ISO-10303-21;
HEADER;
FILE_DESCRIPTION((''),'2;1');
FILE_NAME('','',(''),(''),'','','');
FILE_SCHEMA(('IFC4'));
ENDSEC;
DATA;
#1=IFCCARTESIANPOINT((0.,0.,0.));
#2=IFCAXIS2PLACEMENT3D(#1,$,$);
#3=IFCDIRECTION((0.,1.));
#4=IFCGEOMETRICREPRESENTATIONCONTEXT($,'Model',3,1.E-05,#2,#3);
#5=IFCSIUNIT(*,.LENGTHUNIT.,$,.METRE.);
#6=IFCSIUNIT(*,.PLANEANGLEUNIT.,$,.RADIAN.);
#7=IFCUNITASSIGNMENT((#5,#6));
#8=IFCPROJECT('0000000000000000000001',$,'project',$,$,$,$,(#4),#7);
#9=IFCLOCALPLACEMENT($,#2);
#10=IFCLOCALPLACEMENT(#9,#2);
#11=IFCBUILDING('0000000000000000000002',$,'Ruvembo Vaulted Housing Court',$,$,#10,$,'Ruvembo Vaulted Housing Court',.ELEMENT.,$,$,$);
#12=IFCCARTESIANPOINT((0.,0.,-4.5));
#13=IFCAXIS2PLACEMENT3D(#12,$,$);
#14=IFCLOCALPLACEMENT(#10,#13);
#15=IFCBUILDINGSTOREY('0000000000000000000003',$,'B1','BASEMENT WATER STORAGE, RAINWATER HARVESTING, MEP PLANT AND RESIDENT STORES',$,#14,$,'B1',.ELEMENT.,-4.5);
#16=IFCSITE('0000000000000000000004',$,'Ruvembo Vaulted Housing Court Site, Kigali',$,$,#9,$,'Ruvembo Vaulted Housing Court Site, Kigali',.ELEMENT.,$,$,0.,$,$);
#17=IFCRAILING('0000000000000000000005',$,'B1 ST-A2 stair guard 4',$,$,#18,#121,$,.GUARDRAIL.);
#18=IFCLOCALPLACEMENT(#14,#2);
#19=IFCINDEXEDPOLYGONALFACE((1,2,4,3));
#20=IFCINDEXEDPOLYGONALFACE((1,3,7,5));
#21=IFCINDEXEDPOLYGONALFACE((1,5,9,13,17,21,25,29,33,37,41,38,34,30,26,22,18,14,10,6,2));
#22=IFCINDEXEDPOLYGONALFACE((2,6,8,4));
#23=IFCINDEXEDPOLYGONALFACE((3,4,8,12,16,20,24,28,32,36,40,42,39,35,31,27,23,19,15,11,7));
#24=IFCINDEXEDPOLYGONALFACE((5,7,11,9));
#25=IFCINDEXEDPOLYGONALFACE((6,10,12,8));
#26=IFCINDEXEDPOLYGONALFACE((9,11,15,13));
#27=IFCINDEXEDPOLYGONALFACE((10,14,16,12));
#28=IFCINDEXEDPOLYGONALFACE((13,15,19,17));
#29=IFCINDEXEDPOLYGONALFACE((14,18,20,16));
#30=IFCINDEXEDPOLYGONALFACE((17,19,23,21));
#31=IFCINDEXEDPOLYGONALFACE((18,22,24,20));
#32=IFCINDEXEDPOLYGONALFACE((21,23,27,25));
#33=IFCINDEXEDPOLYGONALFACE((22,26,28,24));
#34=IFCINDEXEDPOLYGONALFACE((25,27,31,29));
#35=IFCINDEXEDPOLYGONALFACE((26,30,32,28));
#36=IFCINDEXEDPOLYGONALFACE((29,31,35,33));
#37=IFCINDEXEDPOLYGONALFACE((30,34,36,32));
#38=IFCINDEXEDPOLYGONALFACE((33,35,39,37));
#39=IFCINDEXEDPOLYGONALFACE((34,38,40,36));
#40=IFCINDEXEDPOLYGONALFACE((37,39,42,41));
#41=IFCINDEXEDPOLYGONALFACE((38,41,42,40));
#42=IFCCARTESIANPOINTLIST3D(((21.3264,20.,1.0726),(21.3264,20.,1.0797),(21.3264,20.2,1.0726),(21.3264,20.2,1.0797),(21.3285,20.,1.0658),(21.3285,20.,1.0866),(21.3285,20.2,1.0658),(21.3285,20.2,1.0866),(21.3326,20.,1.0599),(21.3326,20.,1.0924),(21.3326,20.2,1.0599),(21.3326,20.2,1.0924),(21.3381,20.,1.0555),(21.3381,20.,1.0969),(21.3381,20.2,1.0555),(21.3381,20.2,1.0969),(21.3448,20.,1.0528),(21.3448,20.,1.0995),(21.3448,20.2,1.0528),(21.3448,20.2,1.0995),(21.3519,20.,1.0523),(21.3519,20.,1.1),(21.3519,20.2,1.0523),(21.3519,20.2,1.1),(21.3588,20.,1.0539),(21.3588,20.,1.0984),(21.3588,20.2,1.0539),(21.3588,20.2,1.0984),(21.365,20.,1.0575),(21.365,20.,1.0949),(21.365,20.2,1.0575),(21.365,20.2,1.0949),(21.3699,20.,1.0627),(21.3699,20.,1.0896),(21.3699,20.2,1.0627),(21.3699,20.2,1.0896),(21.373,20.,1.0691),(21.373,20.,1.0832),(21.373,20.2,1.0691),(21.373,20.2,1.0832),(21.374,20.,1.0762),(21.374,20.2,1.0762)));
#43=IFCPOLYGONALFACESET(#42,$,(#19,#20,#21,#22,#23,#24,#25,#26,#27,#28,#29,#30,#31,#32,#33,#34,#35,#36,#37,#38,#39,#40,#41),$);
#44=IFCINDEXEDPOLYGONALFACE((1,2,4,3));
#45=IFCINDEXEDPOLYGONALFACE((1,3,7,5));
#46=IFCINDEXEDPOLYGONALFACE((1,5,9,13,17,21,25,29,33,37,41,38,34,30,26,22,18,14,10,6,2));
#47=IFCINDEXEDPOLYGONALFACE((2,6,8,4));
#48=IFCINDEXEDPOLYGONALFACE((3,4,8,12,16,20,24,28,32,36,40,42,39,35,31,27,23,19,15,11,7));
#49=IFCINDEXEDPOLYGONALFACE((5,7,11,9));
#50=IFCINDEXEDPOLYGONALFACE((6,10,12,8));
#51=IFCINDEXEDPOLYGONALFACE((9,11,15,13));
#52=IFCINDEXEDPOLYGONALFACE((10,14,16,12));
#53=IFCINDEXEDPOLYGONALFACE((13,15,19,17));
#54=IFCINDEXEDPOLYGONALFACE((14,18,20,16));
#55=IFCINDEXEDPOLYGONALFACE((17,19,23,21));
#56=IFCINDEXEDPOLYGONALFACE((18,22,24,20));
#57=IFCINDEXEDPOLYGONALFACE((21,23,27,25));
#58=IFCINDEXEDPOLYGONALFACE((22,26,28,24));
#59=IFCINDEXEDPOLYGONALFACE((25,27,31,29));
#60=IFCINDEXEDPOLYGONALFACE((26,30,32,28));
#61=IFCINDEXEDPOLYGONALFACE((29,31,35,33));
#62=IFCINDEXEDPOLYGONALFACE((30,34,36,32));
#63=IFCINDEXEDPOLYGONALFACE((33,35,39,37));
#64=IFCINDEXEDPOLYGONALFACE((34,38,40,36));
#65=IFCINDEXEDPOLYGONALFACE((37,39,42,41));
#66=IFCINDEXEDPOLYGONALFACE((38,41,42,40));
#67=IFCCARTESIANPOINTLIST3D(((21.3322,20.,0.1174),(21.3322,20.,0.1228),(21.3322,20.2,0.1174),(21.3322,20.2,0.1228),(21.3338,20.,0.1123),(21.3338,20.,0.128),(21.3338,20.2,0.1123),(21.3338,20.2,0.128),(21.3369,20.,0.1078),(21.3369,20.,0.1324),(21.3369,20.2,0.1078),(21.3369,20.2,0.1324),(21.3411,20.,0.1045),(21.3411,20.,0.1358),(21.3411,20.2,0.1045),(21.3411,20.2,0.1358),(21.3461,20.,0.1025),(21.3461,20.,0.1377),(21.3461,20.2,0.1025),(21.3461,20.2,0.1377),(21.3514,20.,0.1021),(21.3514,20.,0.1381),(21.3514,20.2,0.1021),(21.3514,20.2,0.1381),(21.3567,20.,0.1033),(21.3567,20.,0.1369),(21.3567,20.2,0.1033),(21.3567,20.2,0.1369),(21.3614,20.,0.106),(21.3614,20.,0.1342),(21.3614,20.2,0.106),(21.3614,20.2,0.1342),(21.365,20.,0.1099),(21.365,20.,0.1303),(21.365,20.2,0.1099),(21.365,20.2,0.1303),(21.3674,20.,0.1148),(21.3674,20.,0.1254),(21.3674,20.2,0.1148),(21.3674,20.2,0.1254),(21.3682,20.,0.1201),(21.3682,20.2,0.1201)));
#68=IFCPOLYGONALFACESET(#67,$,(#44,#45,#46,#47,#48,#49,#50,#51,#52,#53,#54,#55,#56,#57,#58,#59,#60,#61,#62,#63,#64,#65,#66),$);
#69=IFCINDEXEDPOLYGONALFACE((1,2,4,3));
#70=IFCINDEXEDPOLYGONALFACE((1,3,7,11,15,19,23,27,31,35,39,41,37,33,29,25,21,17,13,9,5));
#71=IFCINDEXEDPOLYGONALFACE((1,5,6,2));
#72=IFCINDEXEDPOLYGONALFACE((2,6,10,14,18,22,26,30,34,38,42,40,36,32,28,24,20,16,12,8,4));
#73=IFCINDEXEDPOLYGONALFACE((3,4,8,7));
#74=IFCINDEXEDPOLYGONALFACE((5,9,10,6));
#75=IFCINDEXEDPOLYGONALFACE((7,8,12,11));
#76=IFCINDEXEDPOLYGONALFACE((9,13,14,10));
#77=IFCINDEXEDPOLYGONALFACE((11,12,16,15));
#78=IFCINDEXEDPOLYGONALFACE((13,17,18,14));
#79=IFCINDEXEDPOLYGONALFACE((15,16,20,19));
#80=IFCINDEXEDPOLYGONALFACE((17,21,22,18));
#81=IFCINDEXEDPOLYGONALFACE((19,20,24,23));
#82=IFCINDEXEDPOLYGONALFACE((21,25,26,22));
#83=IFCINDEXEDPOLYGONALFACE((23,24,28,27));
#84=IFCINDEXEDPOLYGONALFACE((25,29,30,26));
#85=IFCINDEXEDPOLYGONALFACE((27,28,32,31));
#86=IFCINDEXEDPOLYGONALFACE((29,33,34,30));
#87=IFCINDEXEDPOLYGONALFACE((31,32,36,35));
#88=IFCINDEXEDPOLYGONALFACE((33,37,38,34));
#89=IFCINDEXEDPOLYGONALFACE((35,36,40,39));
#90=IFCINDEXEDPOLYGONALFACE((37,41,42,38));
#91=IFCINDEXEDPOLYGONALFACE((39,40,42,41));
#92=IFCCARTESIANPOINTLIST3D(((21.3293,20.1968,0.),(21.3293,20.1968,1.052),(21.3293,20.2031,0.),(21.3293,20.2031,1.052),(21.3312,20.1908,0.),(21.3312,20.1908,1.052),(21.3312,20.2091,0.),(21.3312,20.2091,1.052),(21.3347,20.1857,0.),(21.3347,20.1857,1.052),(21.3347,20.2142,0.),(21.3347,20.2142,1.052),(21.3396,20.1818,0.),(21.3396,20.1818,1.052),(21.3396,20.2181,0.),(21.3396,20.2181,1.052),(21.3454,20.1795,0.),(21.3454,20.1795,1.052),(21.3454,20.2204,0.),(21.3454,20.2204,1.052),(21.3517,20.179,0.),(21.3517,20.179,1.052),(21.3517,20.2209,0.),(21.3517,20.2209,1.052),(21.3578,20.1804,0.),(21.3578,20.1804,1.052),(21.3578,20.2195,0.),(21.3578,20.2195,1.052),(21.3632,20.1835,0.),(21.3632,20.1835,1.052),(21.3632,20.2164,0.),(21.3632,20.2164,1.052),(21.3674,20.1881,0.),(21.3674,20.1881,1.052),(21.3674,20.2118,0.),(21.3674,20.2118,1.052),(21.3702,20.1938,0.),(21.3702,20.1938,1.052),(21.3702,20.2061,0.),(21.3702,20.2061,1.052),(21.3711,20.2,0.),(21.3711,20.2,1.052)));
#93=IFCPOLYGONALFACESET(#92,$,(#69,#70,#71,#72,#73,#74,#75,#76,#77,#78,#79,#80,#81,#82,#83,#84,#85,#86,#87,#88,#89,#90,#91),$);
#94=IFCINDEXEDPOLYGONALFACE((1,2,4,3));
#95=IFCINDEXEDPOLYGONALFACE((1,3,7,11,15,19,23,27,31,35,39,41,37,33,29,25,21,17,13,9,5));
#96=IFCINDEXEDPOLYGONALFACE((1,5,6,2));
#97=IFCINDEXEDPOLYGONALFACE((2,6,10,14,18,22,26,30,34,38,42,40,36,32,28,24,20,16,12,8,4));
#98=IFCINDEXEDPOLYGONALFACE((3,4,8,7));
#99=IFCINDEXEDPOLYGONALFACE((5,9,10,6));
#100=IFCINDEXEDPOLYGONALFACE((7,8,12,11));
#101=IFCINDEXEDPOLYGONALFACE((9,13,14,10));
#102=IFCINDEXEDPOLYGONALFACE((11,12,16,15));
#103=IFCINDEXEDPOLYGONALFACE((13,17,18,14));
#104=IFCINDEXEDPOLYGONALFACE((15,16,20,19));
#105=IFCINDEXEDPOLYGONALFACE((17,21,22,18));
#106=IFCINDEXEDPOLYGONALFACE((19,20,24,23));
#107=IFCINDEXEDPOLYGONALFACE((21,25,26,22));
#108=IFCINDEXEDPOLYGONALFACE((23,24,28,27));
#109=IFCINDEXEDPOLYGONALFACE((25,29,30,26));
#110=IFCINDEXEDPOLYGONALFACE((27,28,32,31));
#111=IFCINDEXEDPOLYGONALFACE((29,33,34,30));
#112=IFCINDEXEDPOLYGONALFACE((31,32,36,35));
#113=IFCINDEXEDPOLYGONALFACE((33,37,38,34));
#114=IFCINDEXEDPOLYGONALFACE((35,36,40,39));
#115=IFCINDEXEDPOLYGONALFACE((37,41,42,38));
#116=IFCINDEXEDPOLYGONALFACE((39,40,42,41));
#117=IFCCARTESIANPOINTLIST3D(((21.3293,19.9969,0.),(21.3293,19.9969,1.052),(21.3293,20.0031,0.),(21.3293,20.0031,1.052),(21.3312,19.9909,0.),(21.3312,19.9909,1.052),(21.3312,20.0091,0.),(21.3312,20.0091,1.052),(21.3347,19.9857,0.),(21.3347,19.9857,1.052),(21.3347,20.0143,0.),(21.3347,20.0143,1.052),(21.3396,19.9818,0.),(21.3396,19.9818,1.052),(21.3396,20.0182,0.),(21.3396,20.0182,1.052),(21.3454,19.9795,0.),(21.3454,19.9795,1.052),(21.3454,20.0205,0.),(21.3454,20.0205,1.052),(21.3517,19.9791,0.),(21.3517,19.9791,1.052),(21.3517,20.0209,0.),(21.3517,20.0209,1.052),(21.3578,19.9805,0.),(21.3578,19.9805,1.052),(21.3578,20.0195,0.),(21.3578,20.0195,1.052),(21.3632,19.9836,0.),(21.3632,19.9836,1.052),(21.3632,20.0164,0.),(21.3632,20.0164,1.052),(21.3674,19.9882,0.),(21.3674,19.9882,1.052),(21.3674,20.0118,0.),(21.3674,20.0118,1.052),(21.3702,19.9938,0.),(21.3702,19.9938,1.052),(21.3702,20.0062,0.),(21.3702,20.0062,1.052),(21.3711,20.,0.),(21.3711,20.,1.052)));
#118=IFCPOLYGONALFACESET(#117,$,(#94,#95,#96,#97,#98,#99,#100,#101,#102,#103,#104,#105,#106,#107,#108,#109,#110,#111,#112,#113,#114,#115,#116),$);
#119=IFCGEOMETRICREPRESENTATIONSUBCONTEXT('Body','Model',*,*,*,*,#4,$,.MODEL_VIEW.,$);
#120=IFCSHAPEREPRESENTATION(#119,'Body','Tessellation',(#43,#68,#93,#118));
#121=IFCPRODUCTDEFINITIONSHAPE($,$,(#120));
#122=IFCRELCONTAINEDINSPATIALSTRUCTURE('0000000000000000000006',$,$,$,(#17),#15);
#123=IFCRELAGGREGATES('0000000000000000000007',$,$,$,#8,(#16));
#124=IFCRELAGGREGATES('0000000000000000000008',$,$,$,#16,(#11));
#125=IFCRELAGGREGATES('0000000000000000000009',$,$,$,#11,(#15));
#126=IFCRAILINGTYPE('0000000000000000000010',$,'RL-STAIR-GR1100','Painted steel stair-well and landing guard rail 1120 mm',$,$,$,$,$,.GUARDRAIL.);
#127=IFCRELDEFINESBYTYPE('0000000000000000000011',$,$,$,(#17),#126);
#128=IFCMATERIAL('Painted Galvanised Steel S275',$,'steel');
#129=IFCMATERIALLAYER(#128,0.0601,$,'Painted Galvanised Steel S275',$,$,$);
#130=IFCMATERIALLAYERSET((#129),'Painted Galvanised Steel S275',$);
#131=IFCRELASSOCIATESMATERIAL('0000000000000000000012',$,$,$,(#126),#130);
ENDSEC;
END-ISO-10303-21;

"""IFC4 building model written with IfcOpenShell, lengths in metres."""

from ifc_helpers import new_model, si_unit, direction, frame, origin, origin_2d, place, context, subcontext, project, spatial, circle, extrude, material, layer, layer_set, type_object, element, save


model = new_model("IFC4")

# Units and contexts
model_context = context("Model", 3, precision=1e-05, world=origin(), true_north=direction((0.0, 1.0)))
body_context = subcontext(model_context, "Body", "Model", "MODEL_VIEW")
ifc_project = project(units=[si_unit("LENGTHUNIT", "METRE"), si_unit("PLANEANGLEUNIT", "RADIAN")], contexts=[model_context])

# Site, building, storey
site_placement = place(None, origin())
site = spatial("IfcSite", under=ifc_project, at=site_placement, Name="Ruvembo Vaulted Housing Court Site, Kigali", LongName="Ruvembo Vaulted Housing Court Site, Kigali", CompositionType="ELEMENT", RefElevation=0.0)
building_placement = place(site_placement, origin())
building = spatial("IfcBuilding", under=site, at=building_placement, Name="Ruvembo Vaulted Housing Court", LongName="Ruvembo Vaulted Housing Court", CompositionType="ELEMENT")
storey_placement = place(building_placement, frame((0.0, 0.0, -4.5)))
storey = spatial("IfcBuildingStorey", under=building, at=storey_placement, Name="B1", Description="BASEMENT WATER STORAGE, RAINWATER HARVESTING, MEP PLANT AND RESIDENT STORES", LongName="B1", CompositionType="ELEMENT", Elevation=-4.5)

# Railing
ifc_material_1 = material(Name="Painted Galvanised Steel S275", Category="steel")
ifc_layer_1 = layer(ifc_material_1, 0.0601, Name="Painted Galvanised Steel S275")
ifc_layer_set_1 = layer_set([ifc_layer_1], Name="Painted Galvanised Steel S275")
railing_type_1 = type_object("IfcRailingType", Name="RL-STAIR-GR1100", Description="Painted steel stair-well and landing guard rail 1120 mm", PredefinedType="GUARDRAIL", material=ifc_layer_set_1)
railing_1_placement = place(storey_placement, frame((21.3501, 20.2, 0.0)))
element("IfcRailing", 1, at=railing_1_placement, inside=storey, type_object=railing_type_1, Name="B1 ST-A2 stair guard 4", PredefinedType="GUARDRAIL", context=body_context, shape_type="SweptSolid", body=[
    extrude(circle(Radius=0.0239, at=origin_2d()), frame((0.0, 0.0, 1.0762), z_axis=(0.0, -1.0, 0.0), x_axis=(1.0, 0.0, 0.0)), (0.0, 0.0, 1.0), 0.2),
    extrude(circle(Radius=0.0181, at=origin_2d()), frame((0.0, 0.0, 0.1201), z_axis=(0.0, -1.0, 0.0), x_axis=(1.0, 0.0, 0.0)), (0.0, 0.0, 1.0), 0.2),
    extrude(circle(Radius=0.021, at=origin_2d()), origin(), (0.0, 0.0, 1.0), 1.052),
    extrude(circle(Radius=0.021, at=origin_2d()), frame((0.0, -0.2, 0.0)), (0.0, 0.0, 1.0), 1.052),
])

save(model, "model.ifc")
